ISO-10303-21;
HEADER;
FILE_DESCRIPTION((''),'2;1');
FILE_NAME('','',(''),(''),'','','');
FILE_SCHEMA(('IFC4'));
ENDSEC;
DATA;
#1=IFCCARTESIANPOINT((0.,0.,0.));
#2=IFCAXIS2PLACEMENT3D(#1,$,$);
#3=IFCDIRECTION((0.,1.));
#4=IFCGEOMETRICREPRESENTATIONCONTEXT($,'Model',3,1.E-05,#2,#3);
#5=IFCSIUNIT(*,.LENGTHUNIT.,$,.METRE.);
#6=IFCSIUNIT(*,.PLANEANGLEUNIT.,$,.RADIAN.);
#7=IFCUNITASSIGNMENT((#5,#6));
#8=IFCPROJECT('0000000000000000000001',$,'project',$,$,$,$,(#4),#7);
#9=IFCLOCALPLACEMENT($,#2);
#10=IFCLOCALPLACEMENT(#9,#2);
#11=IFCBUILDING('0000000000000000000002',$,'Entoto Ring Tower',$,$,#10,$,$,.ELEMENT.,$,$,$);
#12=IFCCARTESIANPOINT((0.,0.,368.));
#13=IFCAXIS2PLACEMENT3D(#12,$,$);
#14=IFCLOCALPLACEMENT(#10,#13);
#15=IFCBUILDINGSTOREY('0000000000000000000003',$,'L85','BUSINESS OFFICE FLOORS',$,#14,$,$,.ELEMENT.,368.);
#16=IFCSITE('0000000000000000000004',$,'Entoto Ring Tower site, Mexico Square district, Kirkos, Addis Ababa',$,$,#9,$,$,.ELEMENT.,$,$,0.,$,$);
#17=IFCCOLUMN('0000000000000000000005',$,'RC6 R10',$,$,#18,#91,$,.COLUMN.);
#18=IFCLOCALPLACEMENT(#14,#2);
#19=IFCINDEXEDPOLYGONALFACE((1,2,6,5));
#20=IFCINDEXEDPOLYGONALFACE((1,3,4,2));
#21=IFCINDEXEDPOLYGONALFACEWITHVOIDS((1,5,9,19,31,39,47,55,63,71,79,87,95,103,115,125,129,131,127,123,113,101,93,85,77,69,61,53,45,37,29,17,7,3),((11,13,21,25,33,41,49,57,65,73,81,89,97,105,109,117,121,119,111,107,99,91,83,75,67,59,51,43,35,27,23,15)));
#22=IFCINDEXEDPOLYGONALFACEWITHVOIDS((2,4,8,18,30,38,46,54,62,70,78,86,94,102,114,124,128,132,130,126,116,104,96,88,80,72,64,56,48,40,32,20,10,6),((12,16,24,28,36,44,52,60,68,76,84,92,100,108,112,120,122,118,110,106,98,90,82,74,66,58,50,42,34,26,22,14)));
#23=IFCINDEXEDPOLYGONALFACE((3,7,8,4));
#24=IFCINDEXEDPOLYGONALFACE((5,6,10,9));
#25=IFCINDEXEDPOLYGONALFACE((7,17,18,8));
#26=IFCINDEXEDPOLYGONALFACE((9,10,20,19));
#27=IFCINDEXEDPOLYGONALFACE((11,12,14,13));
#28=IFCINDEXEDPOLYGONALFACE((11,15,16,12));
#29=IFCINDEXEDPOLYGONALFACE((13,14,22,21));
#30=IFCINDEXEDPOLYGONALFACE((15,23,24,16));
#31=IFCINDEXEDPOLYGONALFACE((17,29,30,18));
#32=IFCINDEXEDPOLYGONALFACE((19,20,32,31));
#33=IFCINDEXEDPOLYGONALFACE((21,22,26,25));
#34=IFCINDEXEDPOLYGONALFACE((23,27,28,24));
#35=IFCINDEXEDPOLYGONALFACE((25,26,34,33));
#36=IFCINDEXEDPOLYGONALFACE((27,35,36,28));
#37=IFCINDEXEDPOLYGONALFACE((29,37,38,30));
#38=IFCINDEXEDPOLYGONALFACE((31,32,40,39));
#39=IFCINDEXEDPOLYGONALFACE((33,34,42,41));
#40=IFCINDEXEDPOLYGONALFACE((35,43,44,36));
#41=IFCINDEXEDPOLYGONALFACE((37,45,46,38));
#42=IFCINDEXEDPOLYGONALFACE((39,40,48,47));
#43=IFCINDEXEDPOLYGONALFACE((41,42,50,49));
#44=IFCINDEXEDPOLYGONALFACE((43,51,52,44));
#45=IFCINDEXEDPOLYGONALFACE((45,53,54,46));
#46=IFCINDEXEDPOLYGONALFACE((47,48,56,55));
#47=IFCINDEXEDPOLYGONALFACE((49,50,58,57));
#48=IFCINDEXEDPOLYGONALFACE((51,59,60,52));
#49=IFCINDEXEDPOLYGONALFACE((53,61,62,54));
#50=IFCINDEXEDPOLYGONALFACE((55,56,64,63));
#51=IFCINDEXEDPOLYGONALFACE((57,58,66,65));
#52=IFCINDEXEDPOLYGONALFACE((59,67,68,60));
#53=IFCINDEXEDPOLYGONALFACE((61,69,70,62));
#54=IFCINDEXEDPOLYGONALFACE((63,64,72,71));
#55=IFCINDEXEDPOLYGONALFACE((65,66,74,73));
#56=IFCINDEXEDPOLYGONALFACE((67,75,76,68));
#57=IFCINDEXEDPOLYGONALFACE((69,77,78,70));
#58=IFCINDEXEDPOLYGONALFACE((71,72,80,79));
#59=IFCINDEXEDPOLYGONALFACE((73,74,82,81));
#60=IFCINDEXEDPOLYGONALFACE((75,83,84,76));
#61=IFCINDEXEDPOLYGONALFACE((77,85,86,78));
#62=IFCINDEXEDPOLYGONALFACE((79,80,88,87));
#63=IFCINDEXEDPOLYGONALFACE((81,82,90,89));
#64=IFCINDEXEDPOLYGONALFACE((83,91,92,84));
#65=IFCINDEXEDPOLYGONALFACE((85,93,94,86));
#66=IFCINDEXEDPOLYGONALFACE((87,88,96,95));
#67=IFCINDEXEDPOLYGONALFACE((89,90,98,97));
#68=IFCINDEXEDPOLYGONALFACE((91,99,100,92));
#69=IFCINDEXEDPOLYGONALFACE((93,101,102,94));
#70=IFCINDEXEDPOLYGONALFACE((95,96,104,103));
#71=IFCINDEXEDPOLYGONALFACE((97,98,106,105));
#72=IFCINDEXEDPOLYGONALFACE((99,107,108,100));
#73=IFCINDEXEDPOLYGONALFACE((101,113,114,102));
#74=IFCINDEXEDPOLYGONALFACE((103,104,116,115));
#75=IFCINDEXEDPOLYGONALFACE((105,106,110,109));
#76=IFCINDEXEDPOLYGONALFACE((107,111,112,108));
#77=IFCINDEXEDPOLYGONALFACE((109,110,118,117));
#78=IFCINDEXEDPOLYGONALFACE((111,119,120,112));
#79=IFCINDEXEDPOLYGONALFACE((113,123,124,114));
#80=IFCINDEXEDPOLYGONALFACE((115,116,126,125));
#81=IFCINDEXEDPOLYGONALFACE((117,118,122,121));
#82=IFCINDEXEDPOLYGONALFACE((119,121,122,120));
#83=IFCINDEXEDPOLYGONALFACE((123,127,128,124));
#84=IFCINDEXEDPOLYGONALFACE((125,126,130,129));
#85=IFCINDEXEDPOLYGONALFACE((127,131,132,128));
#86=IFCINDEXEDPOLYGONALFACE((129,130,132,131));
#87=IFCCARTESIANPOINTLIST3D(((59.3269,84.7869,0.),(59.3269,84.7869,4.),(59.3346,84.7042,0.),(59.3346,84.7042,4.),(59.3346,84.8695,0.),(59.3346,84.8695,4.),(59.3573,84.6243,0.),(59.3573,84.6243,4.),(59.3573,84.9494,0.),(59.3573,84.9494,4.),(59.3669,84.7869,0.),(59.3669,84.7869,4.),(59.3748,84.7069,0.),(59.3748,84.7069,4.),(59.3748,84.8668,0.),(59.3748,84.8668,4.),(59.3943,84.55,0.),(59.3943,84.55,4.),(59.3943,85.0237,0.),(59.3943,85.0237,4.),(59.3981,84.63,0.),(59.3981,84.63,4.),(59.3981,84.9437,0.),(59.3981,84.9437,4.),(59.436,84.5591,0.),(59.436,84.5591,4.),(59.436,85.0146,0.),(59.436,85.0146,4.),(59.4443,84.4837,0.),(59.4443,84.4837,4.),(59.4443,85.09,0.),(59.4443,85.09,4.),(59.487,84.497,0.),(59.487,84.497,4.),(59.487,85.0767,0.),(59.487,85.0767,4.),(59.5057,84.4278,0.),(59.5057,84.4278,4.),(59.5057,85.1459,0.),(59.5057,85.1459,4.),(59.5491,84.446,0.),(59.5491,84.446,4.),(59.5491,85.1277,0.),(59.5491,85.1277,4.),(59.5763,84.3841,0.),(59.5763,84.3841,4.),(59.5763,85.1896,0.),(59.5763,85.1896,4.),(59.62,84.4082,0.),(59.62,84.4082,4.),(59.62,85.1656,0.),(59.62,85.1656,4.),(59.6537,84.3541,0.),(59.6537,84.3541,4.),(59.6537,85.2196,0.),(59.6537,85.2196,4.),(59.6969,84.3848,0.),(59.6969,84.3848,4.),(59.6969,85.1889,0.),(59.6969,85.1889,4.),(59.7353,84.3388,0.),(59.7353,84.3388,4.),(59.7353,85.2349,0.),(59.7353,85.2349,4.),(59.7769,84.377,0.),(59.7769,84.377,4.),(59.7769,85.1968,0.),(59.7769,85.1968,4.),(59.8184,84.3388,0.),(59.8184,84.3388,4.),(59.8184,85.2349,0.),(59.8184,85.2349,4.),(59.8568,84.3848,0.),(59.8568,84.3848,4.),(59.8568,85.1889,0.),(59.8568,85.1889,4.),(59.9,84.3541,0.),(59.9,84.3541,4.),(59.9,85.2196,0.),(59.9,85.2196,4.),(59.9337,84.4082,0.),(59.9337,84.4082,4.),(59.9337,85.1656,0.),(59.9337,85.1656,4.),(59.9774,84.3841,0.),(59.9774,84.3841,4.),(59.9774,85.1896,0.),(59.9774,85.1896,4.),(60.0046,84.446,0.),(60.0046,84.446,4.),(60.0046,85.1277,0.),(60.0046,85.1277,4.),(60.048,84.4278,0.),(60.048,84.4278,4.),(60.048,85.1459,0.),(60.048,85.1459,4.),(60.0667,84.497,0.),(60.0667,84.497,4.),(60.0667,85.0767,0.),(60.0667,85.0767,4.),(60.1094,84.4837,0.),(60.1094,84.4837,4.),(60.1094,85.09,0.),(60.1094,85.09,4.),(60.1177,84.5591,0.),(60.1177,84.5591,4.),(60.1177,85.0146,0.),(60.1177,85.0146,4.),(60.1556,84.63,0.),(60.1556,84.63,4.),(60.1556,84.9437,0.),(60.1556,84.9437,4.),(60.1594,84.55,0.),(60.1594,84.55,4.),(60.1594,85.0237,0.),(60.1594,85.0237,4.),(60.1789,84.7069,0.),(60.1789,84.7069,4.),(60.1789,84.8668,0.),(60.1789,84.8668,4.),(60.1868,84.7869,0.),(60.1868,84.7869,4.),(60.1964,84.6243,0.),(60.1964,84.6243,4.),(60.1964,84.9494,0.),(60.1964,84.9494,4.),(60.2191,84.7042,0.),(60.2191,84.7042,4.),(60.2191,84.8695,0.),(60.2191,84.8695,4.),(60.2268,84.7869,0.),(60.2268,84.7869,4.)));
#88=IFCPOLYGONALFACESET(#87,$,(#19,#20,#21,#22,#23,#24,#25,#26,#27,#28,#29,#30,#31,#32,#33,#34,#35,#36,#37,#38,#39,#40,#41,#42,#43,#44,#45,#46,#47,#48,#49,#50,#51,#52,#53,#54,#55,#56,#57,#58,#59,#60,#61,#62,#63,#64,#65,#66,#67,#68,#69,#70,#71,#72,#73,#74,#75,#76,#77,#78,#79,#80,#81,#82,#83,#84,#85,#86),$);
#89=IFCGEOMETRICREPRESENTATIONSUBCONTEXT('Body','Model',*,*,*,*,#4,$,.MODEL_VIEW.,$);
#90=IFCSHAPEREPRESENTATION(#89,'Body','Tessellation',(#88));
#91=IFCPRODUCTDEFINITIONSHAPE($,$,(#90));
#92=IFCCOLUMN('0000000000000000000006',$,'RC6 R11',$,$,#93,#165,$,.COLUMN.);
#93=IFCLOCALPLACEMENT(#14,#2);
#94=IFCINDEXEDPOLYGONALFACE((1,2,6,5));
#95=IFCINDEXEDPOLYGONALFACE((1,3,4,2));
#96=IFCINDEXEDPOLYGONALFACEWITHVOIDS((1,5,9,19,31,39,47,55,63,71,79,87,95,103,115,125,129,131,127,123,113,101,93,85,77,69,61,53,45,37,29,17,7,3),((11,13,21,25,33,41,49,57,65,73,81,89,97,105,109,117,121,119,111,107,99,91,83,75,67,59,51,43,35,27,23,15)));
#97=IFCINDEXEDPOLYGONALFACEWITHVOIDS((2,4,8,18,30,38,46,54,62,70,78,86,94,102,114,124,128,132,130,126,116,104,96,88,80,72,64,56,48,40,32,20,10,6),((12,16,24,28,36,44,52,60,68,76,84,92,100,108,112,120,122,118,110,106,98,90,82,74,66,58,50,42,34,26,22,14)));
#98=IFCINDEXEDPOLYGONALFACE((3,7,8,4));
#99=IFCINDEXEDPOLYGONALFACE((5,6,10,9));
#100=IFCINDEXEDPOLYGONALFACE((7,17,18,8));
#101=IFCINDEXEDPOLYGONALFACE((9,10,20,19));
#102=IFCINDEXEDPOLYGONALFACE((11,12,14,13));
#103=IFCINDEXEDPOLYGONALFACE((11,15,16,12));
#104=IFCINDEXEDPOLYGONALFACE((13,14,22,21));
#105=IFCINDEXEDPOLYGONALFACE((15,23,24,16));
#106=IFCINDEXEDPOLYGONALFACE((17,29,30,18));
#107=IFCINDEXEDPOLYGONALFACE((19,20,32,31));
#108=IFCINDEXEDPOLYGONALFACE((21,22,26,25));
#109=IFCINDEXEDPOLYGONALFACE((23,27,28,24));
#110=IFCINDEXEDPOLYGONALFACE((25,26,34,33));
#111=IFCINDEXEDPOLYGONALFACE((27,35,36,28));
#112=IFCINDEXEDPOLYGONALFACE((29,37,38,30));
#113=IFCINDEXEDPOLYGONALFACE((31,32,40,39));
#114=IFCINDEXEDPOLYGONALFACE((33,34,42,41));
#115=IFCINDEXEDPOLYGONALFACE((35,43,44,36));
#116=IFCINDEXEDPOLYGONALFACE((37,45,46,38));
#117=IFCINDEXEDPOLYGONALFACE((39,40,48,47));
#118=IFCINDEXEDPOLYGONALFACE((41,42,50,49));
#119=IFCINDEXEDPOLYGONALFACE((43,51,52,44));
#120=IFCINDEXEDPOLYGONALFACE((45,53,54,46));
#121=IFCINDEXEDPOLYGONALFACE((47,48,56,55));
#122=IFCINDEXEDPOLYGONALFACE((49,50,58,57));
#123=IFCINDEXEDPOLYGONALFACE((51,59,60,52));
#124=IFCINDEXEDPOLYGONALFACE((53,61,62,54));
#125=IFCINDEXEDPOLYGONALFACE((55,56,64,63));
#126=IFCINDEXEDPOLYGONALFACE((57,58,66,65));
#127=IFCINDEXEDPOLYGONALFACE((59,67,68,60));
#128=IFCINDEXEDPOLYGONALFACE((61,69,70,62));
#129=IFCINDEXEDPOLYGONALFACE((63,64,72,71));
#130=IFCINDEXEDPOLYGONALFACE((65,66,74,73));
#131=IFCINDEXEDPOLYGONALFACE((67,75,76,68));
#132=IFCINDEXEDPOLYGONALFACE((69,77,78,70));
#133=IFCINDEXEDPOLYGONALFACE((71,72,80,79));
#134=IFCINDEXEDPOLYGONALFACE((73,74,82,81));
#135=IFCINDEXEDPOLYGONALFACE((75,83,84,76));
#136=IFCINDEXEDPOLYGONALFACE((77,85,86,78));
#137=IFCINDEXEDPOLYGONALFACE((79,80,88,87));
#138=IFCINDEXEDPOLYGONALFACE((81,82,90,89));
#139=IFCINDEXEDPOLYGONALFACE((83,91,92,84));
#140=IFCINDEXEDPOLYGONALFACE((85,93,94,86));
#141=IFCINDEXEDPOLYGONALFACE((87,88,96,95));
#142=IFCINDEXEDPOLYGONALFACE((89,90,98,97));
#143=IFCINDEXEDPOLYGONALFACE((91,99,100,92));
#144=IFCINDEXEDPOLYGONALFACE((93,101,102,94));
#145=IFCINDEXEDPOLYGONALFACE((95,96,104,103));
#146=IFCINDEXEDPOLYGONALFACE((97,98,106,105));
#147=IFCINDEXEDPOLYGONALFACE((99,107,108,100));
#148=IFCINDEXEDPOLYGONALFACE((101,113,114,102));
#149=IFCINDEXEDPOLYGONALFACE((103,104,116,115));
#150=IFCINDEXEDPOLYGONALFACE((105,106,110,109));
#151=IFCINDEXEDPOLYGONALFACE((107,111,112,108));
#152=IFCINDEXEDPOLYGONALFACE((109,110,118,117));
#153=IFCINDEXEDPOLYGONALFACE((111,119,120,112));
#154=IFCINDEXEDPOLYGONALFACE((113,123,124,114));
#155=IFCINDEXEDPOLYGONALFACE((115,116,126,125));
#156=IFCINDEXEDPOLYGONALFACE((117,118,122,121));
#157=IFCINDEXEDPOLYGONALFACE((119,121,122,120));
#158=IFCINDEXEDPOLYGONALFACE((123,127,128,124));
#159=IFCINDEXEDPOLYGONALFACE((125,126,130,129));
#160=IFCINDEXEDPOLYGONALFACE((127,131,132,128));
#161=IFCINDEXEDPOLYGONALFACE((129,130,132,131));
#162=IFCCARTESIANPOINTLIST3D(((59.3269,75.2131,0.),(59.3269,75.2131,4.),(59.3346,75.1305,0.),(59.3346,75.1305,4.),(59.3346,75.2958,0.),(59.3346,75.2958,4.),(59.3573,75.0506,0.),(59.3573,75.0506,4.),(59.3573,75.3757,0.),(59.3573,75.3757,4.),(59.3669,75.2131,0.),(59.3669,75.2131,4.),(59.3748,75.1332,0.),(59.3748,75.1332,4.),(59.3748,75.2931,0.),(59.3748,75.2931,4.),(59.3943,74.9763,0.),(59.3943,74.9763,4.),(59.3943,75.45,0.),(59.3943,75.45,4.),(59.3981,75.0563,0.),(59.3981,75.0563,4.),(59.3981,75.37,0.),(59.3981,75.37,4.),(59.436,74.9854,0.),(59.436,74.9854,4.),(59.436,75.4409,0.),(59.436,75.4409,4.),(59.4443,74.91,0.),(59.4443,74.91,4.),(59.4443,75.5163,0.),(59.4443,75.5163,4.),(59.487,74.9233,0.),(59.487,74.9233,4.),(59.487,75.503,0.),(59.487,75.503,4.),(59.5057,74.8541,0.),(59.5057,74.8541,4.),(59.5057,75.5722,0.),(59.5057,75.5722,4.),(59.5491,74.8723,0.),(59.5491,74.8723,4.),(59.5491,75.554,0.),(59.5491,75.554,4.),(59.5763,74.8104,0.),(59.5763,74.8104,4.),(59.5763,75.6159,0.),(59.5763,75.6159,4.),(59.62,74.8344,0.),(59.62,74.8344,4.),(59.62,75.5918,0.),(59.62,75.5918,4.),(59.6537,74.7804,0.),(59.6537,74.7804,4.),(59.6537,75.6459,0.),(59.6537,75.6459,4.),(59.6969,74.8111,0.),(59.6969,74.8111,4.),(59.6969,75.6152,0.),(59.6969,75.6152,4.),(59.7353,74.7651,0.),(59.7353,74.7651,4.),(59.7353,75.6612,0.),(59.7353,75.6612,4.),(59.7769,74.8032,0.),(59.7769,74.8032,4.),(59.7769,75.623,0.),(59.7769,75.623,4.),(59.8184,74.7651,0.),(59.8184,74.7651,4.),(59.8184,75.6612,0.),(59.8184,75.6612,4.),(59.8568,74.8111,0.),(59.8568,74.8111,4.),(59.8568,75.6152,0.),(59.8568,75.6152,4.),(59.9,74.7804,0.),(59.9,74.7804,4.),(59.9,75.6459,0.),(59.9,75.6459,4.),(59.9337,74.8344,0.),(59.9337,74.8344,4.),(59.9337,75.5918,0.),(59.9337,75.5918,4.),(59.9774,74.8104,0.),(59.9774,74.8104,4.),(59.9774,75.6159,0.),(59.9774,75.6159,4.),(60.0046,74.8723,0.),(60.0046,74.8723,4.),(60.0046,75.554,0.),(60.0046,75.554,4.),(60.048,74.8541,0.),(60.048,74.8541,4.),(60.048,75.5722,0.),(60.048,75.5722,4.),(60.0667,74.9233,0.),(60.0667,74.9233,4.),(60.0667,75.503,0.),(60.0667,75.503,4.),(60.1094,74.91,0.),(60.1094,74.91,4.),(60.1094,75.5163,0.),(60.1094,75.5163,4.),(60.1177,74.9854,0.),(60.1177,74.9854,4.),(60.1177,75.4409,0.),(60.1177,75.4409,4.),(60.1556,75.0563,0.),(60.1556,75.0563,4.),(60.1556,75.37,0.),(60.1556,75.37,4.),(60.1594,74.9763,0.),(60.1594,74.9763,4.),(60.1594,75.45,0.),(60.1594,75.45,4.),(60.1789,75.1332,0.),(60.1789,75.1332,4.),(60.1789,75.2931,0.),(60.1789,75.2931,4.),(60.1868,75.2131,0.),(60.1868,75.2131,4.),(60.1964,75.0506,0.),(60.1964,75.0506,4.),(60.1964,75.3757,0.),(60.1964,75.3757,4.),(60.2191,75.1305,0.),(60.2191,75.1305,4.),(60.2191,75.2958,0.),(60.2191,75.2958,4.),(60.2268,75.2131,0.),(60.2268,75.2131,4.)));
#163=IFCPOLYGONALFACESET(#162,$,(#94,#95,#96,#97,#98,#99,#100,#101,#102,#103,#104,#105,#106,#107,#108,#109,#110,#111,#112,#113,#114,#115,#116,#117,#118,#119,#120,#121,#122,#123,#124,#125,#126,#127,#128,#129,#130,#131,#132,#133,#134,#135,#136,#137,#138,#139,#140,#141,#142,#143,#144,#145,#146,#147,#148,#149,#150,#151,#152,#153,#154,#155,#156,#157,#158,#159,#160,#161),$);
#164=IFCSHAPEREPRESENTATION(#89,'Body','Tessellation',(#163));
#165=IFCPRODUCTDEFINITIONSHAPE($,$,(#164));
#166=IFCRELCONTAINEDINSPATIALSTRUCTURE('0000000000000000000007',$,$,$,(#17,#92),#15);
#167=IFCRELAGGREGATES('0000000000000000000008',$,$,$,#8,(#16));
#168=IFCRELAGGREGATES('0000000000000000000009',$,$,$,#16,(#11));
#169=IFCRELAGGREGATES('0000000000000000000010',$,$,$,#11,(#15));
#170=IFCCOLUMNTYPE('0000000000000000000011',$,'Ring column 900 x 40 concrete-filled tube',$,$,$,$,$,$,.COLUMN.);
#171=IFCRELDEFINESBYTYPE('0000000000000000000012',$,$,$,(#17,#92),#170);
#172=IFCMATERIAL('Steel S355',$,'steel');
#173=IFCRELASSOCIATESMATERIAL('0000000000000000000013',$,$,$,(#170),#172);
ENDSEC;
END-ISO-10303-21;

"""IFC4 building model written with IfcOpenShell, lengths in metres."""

from ifc_helpers import new_model, si_unit, direction, frame, origin, origin_2d, place, context, subcontext, project, spatial, circle, hollow_circle, extrude, material, material_profile, profile_set, type_object, element, save


model = new_model("IFC4")

# Units and contexts
model_context = context("Model", 3, precision=1e-05, world=origin(), true_north=direction((0.0, 1.0)))
body_context = subcontext(model_context, "Body", "Model", "MODEL_VIEW")
ifc_project = project(units=[si_unit("LENGTHUNIT", "METRE"), si_unit("PLANEANGLEUNIT", "RADIAN")], contexts=[model_context])

# Site, building, storey
site_placement = place(None, origin())
site = spatial("IfcSite", under=ifc_project, at=site_placement, Name="Entoto Ring Tower site, Mexico Square district, Kirkos, Addis Ababa", CompositionType="ELEMENT", RefElevation=0.0)
building_placement = place(site_placement, origin())
building = spatial("IfcBuilding", under=site, at=building_placement, Name="Entoto Ring Tower", CompositionType="ELEMENT")
storey_placement = place(building_placement, frame((0.0, 0.0, 368.0)))
storey = spatial("IfcBuildingStorey", under=building, at=storey_placement, Name="L85", Description="BUSINESS OFFICE FLOORS", CompositionType="ELEMENT", Elevation=368.0)

# Columns
ifc_material_1 = material(Name="Steel S355", Category="steel")
ifc_material_profile_1 = material_profile(ifc_material_1, hollow_circle(Radius=0.45, WallThickness=0.04, at=origin_2d()), Name="CHS 900 x 40")
ifc_material_2 = material(Name="Concrete C60/75", Category="concrete")
ifc_material_profile_2 = material_profile(ifc_material_2, circle(Radius=0.4099, at=origin_2d()), Name="Concrete C60/75 infill")
ifc_profile_set_1 = profile_set([ifc_material_profile_1, ifc_material_profile_2], Name="Steel S355")
column_type = type_object("IfcColumnType", Name="Ring column 900 x 40 concrete-filled tube", PredefinedType="COLUMN", material=ifc_profile_set_1)
for number, where, z_axis, x_axis, name in (
    (1, (59.7769, 84.7869, 0.0), (0.0, 0.0, 1.0), (1.0, 0.0, 0.0), "RC6 R10"),
    (2, (59.7769, 75.2131, 0.0), (0.0, 0.0, 1.0), (1.0, 0.0, 0.0), "RC6 R11"),
):
    element("IfcColumn", number, at=place(storey_placement, frame(where, z_axis=z_axis, x_axis=x_axis)), inside=storey, type_object=column_type, Name=name, PredefinedType="COLUMN", context=body_context, shape_type="SweptSolid", body=[
        extrude(hollow_circle(Radius=0.45, WallThickness=0.04, at=origin_2d()), origin(), (0.0, 0.0, 1.0), 4.0),
    ])

save(model, "model.ifc")
